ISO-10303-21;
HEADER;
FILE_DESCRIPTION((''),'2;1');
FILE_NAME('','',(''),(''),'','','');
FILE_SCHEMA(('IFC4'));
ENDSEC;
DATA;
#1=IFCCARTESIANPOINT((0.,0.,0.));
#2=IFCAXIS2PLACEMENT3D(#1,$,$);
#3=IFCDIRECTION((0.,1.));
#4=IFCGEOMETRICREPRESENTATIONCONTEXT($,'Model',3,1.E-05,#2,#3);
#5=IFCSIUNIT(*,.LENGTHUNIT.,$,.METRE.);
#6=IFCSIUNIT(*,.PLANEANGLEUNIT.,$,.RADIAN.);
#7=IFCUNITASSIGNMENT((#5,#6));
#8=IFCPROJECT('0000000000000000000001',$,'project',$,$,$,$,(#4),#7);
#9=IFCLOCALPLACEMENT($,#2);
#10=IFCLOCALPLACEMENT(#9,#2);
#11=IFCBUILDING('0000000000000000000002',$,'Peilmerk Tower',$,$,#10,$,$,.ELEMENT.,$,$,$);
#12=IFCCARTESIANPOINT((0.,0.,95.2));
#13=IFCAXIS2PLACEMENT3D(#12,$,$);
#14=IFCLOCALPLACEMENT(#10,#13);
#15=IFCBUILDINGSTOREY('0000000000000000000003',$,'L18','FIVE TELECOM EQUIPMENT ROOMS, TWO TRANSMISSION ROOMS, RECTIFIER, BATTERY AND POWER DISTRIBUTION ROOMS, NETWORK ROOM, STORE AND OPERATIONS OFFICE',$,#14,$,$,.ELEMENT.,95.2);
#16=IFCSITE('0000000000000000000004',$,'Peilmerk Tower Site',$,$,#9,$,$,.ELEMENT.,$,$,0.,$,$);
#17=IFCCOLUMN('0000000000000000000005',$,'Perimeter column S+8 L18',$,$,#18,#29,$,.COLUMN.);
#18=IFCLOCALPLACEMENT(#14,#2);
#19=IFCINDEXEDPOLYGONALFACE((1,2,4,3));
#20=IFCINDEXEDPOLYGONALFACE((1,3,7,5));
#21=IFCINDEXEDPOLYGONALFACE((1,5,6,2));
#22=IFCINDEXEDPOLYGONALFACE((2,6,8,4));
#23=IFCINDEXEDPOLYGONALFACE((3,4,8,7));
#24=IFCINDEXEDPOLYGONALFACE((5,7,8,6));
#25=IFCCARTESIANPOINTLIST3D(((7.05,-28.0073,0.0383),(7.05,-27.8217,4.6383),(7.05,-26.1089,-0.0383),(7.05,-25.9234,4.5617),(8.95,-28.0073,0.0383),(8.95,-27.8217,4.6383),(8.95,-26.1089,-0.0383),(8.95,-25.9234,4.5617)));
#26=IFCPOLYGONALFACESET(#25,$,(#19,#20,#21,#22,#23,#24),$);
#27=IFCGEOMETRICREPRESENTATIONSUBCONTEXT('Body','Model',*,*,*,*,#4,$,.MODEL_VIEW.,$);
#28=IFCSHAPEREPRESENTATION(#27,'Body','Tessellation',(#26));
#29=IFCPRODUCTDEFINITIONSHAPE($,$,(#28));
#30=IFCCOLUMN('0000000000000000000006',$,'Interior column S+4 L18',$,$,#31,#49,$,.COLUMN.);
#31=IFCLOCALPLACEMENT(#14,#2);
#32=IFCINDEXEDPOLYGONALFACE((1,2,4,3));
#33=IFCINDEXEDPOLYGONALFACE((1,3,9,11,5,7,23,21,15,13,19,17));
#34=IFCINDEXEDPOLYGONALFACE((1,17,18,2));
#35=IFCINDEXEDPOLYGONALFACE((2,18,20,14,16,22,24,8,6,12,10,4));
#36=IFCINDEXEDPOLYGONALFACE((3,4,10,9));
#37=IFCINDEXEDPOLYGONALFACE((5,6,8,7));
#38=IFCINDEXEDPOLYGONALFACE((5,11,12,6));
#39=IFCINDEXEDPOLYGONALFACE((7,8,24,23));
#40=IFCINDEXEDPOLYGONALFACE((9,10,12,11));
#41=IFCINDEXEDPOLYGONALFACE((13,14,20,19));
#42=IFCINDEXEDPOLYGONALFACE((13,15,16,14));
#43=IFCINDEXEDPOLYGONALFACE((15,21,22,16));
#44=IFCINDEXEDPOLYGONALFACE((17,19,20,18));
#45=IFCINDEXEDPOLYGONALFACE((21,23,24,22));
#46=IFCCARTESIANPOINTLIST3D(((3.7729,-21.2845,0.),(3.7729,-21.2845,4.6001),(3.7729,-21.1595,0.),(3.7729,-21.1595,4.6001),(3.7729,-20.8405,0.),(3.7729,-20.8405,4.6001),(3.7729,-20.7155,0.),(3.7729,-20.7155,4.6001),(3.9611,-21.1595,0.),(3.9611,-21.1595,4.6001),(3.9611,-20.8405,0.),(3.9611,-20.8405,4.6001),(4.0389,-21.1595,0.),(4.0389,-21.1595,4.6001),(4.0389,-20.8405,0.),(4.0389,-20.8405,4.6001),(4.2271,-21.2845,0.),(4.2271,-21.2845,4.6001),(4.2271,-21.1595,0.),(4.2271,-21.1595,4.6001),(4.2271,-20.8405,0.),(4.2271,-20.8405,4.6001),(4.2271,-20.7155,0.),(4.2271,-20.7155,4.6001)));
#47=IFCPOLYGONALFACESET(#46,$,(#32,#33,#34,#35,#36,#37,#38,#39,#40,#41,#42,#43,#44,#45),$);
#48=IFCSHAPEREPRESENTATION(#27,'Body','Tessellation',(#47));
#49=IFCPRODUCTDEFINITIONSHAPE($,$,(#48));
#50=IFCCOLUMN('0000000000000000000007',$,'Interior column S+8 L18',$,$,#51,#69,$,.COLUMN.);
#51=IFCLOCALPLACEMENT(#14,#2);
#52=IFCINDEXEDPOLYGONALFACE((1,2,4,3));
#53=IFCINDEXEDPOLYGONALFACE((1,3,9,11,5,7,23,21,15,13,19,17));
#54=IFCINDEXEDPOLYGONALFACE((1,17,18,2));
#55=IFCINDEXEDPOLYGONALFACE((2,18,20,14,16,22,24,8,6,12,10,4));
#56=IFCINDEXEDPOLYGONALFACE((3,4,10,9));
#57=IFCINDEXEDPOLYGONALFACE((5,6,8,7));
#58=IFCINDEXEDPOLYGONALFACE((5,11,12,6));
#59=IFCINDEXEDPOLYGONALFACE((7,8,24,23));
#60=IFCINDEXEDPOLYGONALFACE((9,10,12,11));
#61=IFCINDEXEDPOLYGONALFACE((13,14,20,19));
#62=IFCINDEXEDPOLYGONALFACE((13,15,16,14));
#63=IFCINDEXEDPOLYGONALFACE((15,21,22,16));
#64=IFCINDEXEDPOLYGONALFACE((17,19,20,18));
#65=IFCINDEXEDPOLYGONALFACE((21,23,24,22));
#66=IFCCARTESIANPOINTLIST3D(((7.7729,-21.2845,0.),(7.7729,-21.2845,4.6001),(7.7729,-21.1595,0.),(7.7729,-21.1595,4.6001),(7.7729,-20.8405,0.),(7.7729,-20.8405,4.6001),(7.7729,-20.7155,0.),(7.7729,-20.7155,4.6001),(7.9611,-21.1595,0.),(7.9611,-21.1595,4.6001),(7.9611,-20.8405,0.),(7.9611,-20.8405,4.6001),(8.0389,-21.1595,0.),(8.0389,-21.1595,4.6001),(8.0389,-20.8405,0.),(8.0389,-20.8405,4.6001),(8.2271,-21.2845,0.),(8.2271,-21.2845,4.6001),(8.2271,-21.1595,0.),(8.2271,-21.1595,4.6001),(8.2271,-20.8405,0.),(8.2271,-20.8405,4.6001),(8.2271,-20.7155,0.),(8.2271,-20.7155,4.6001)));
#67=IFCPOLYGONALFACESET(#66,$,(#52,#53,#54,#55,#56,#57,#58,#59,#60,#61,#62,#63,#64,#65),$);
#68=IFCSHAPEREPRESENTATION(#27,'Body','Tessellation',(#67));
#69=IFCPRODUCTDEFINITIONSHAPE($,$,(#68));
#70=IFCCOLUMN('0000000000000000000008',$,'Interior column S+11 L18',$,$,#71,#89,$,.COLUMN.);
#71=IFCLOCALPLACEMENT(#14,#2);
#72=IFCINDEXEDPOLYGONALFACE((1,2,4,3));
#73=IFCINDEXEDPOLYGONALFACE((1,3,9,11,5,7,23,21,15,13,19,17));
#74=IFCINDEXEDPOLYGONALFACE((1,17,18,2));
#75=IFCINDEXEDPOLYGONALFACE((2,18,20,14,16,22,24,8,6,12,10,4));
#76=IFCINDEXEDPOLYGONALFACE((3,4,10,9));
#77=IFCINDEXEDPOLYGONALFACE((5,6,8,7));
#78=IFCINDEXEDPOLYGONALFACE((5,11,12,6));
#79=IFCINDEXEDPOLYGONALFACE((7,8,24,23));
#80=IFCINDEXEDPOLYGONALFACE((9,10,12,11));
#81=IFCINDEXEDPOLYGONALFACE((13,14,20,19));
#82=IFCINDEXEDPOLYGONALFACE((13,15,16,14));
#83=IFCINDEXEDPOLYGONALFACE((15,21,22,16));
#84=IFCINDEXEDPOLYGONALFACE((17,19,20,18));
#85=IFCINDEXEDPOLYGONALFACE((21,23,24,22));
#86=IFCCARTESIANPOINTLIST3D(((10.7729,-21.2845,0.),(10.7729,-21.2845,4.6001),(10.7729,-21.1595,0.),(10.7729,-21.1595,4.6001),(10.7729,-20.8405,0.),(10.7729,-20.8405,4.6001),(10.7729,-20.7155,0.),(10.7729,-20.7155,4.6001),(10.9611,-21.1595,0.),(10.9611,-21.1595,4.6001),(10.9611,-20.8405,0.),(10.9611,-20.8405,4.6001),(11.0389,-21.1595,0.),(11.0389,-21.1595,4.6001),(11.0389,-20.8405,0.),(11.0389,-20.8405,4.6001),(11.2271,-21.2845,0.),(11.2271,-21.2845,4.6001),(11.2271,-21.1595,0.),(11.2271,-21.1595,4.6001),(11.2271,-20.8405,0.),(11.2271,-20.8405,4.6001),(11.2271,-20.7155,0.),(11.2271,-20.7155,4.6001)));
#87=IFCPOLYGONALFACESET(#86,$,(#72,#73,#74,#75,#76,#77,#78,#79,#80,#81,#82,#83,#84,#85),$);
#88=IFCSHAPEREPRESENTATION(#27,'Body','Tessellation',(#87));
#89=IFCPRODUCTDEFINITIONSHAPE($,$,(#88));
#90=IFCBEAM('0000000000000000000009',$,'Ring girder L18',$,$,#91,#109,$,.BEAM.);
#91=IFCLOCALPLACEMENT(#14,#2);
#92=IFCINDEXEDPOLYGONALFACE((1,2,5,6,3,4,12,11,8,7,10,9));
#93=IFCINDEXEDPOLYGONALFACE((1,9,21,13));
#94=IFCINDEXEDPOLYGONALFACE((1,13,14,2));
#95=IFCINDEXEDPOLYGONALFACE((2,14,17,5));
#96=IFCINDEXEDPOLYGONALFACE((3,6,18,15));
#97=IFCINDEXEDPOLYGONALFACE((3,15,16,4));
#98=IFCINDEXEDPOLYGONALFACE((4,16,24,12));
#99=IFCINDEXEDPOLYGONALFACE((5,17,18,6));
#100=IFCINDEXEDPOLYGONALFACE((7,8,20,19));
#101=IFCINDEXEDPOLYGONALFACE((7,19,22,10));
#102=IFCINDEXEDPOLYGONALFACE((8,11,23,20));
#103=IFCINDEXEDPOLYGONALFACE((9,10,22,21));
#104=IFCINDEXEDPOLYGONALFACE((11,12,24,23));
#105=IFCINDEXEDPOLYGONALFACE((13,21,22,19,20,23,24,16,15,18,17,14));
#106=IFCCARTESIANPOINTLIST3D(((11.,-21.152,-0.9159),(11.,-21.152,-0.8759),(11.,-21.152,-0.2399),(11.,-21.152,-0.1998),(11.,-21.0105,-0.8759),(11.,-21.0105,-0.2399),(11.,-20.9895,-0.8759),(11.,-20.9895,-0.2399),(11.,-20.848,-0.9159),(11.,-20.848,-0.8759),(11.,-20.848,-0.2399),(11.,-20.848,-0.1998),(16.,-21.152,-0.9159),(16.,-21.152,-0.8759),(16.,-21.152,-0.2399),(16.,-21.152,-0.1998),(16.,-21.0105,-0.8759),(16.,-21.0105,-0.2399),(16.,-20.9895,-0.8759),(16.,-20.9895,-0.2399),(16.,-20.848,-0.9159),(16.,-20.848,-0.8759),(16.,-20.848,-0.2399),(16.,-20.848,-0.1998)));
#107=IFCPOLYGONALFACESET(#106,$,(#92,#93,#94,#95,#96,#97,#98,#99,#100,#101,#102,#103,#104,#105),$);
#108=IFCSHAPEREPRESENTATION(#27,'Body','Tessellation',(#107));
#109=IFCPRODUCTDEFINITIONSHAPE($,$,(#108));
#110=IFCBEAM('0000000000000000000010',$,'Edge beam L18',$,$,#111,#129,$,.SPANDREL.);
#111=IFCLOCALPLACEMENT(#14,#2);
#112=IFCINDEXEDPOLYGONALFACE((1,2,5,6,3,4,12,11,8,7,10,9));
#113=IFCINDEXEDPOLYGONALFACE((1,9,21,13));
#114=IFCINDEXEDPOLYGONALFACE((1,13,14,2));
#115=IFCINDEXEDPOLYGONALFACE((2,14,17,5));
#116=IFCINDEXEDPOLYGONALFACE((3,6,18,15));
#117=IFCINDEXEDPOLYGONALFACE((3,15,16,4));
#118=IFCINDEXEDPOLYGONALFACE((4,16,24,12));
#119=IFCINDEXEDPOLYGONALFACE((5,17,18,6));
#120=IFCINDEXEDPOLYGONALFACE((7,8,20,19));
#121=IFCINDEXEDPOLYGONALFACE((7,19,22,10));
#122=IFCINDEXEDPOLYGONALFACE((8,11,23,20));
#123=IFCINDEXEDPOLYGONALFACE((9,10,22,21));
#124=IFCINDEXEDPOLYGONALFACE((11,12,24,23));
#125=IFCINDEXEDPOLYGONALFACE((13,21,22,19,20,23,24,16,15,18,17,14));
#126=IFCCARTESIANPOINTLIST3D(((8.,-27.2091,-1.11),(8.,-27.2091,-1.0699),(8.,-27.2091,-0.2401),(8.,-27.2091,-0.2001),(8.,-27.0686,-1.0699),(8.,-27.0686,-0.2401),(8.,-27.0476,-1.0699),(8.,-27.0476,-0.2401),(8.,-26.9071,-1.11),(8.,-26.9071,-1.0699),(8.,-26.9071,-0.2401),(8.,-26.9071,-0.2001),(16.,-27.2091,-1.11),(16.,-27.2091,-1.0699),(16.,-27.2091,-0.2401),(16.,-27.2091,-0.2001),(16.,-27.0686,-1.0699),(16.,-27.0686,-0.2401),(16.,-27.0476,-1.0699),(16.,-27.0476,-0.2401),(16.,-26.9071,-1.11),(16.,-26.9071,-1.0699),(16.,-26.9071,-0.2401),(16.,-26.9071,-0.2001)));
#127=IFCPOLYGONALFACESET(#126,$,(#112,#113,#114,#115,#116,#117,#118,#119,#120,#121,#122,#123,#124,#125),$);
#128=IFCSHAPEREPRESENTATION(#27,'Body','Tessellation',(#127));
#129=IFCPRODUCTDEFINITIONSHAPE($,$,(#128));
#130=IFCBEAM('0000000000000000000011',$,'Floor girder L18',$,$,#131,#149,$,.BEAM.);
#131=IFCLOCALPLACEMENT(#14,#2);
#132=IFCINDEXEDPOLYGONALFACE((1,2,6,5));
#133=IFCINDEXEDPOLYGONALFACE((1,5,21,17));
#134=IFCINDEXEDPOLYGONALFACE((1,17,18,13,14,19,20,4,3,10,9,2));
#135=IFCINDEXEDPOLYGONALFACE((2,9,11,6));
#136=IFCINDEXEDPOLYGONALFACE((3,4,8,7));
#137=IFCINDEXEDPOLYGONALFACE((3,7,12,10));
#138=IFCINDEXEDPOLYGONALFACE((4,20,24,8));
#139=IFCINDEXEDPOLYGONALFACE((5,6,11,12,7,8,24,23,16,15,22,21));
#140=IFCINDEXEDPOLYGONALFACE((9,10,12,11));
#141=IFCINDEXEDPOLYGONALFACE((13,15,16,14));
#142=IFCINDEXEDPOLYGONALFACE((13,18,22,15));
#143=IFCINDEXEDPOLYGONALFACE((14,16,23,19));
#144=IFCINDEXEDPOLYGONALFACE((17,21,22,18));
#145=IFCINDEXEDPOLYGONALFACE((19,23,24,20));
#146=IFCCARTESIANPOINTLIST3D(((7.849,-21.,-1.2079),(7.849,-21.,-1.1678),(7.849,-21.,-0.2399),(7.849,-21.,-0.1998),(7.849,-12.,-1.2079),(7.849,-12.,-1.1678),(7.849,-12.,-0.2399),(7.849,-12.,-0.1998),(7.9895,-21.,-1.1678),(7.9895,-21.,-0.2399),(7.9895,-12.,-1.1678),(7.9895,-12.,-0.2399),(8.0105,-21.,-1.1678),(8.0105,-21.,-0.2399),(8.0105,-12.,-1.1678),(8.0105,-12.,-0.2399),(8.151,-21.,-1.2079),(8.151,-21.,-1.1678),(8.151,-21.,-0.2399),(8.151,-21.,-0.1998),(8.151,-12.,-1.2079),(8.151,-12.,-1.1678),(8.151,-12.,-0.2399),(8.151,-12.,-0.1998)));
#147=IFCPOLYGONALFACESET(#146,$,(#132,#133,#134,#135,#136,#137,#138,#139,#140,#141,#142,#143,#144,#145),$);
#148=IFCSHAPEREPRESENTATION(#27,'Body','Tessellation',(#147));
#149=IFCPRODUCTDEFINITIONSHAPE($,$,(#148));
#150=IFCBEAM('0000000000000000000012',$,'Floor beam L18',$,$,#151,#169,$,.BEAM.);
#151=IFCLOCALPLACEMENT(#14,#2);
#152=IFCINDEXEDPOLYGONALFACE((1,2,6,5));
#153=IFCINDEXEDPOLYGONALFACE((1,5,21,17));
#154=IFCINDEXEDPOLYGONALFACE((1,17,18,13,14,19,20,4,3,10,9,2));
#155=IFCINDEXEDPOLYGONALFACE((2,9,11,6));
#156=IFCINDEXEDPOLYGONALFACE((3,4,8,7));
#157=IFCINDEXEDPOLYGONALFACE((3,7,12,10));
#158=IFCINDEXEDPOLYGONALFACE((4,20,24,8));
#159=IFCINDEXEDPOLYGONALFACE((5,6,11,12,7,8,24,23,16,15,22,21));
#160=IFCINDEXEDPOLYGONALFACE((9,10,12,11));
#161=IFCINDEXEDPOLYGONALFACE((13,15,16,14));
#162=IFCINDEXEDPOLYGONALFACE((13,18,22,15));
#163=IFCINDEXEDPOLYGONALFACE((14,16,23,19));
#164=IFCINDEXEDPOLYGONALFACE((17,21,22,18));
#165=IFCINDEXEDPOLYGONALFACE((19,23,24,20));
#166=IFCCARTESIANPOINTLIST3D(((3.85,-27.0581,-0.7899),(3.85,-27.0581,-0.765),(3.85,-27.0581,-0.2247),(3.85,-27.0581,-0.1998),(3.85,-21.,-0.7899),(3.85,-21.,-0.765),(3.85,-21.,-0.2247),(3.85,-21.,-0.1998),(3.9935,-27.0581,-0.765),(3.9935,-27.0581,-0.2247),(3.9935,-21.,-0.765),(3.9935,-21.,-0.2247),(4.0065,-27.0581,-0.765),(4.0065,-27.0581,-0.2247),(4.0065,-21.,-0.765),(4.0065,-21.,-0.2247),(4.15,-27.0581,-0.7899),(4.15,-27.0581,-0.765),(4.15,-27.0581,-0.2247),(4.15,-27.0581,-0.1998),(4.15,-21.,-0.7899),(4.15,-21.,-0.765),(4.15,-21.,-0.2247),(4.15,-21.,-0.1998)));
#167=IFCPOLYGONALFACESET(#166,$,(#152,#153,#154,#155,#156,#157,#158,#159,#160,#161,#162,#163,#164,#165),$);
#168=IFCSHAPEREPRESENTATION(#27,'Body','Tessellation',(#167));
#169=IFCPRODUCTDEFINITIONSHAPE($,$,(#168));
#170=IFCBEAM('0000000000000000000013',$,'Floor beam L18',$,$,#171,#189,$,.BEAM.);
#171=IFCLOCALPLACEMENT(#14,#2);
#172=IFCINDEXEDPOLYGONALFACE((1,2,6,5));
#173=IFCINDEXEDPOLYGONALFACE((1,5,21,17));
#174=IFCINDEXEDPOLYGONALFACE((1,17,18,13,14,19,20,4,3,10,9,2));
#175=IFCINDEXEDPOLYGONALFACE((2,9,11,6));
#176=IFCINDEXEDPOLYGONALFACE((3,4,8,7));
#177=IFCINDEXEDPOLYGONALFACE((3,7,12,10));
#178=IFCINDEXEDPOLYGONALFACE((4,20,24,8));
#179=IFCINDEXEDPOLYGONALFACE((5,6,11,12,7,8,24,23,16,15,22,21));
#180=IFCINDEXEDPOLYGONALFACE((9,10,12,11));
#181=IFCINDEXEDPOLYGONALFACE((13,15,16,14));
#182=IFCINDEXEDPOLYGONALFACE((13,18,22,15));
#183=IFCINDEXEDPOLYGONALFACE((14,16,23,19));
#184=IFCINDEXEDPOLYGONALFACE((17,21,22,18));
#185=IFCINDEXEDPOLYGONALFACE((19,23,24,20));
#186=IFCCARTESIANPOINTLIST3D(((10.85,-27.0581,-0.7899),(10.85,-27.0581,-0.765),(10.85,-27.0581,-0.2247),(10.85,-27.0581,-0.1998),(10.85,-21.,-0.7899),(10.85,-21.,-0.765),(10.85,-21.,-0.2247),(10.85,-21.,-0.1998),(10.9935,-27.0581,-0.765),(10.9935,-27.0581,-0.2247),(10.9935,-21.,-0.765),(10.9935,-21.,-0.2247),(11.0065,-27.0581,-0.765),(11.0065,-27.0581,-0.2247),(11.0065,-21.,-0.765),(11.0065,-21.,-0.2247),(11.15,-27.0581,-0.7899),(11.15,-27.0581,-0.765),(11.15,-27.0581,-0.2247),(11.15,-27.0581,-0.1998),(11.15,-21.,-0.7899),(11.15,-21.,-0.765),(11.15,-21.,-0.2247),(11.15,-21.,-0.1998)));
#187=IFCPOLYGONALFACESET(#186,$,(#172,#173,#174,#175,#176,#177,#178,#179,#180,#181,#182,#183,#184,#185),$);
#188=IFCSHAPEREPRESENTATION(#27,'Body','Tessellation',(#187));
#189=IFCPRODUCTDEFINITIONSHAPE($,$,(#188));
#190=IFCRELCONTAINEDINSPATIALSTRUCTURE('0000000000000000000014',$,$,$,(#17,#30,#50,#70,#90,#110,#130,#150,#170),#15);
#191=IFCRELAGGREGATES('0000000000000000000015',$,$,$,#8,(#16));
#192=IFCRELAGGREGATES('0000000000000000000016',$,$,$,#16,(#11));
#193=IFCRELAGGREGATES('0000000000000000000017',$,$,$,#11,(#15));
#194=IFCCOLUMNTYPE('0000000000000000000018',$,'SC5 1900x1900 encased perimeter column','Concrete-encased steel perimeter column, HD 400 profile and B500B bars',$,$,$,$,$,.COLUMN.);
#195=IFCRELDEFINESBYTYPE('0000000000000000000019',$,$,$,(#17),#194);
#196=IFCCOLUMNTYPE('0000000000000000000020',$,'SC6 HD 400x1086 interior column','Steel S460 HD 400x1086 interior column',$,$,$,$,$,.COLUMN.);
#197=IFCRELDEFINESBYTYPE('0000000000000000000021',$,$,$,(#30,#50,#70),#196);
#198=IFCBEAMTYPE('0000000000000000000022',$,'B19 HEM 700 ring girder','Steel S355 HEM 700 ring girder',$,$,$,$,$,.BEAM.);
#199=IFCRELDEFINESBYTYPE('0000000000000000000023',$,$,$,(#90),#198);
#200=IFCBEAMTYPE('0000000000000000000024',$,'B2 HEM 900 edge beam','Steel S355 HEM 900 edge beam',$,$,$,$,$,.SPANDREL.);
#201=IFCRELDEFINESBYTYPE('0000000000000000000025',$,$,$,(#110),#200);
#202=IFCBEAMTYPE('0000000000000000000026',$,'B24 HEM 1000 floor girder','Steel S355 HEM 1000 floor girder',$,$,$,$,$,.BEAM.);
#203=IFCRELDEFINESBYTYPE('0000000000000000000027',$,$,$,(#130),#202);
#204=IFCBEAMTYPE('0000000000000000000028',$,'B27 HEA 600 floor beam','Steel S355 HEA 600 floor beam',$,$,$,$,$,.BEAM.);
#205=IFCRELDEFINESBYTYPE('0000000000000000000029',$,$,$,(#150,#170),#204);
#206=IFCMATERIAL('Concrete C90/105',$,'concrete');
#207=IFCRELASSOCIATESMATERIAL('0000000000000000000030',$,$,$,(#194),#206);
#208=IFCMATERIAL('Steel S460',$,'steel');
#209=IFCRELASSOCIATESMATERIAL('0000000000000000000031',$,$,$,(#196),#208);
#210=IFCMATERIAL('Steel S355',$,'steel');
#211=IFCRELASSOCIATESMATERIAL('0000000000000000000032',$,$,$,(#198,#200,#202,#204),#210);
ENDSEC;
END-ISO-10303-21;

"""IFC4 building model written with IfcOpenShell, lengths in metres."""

from ifc_helpers import new_model, si_unit, direction, frame, origin, origin_2d, place, context, subcontext, project, spatial, rectangle, i_section, extrude, material, material_profile, profile_set, type_object, element, save


model = new_model("IFC4")

# Units and contexts
model_context = context("Model", 3, precision=1e-05, world=origin(), true_north=direction((0.0, 1.0)))
body_context = subcontext(model_context, "Body", "Model", "MODEL_VIEW")
ifc_project = project(units=[si_unit("LENGTHUNIT", "METRE"), si_unit("PLANEANGLEUNIT", "RADIAN")], contexts=[model_context])

# Site, building, storey
site_placement = place(None, origin())
site = spatial("IfcSite", under=ifc_project, at=site_placement, Name="Peilmerk Tower Site", CompositionType="ELEMENT", RefElevation=0.0)
building_placement = place(site_placement, origin())
building = spatial("IfcBuilding", under=site, at=building_placement, Name="Peilmerk Tower", CompositionType="ELEMENT")
storey_placement = place(building_placement, frame((0.0, 0.0, 95.2)))
storey = spatial("IfcBuildingStorey", under=building, at=storey_placement, Name="L18", Description="FIVE TELECOM EQUIPMENT ROOMS, TWO TRANSMISSION ROOMS, RECTIFIER, BATTERY AND POWER DISTRIBUTION ROOMS, NETWORK ROOM, STORE AND OPERATIONS OFFICE", CompositionType="ELEMENT", Elevation=95.2)

# Columns
ifc_material_1 = material(Name="Concrete C90/105", Category="concrete")
ifc_material_profile_1 = material_profile(ifc_material_1, rectangle(XDim=1.8999, YDim=1.8999, at=origin_2d()), Name="RC 1900x1900")
ifc_profile_set_1 = profile_set([ifc_material_profile_1], Name="Concrete C90/105")
column_type_1 = type_object("IfcColumnType", Name="SC5 1900x1900 encased perimeter column", Description="Concrete-encased steel perimeter column, HD 400 profile and B500B bars", PredefinedType="COLUMN", material=ifc_profile_set_1)
column_placement = place(storey_placement, frame((8.0, -27.0581, 0.0), z_axis=(0.0, 0.040303, 0.999188), x_axis=(-1.0, 0.0, 0.0)))
element("IfcColumn", 1, at=column_placement, inside=storey, type_object=column_type_1, Name="Perimeter column S+8 L18", PredefinedType="COLUMN", context=body_context, shape_type="SweptSolid", body=[
    extrude(rectangle(XDim=1.8999, YDim=1.8999, at=origin_2d()), origin(), (0.0, 0.0, 1.0), 4.6038),
])
ifc_material_2 = material(Name="Steel S460", Category="steel")
ifc_material_profile_2 = material_profile(ifc_material_2, i_section(OverallWidth=0.4541, OverallDepth=0.5691, WebThickness=0.0779, FlangeThickness=0.125, at=origin_2d()), Name="HD 400x1086")
ifc_profile_set_2 = profile_set([ifc_material_profile_2], Name="Steel S460")
column_type_2 = type_object("IfcColumnType", Name="SC6 HD 400x1086 interior column", Description="Steel S460 HD 400x1086 interior column", PredefinedType="COLUMN", material=ifc_profile_set_2)
for number, where, z_axis, x_axis, name in (
    (2, (4.0, -21.0, 0.0), (0.0, 0.0, 1.0), (1.0, 0.0, 0.0), "Interior column S+4 L18"),
    (3, (8.0, -21.0, 0.0), (0.0, 0.0, 1.0), (1.0, 0.0, 0.0), "Interior column S+8 L18"),
    (4, (11.0, -21.0, 0.0), (0.0, 0.0, 1.0), (1.0, 0.0, 0.0), "Interior column S+11 L18"),
):
    element("IfcColumn", number, at=place(storey_placement, frame(where, z_axis=z_axis, x_axis=x_axis)), inside=storey, type_object=column_type_2, Name=name, PredefinedType="COLUMN", context=body_context, shape_type="SweptSolid", body=[
        extrude(i_section(OverallWidth=0.4541, OverallDepth=0.5691, WebThickness=0.0779, FlangeThickness=0.125, at=origin_2d()), origin(), (0.0, 0.0, 1.0), 4.6001),
    ])

# Beams
ifc_material_3 = material(Name="Steel S355", Category="steel")
ifc_material_profile_3 = material_profile(ifc_material_3, i_section(OverallWidth=0.304, OverallDepth=0.7161, WebThickness=0.021, FlangeThickness=0.04, at=origin_2d()), Name="HEM 700")
ifc_profile_set_3 = profile_set([ifc_material_profile_3], Name="Steel S355")
beam_type_1 = type_object("IfcBeamType", Name="B19 HEM 700 ring girder", Description="Steel S355 HEM 700 ring girder", PredefinedType="BEAM", material=ifc_profile_set_3)
beam_1_placement = place(storey_placement, frame((11.0, -21.0, -0.5579), z_axis=(1.0, 0.0, 0.0), x_axis=(0.0, 1.0, 0.0)))
element("IfcBeam", 5, at=beam_1_placement, inside=storey, type_object=beam_type_1, Name="Ring girder L18", PredefinedType="BEAM", context=body_context, shape_type="SweptSolid", body=[
    extrude(i_section(OverallWidth=0.304, OverallDepth=0.7161, WebThickness=0.021, FlangeThickness=0.04, at=origin_2d()), origin(), (0.0, 0.0, 1.0), 5.0),
])
ifc_material_profile_4 = material_profile(ifc_material_3, i_section(OverallWidth=0.302, OverallDepth=0.9099, WebThickness=0.021, FlangeThickness=0.04, at=origin_2d()), Name="HEM 900")
ifc_profile_set_4 = profile_set([ifc_material_profile_4], Name="Steel S355")
beam_type_2 = type_object("IfcBeamType", Name="B2 HEM 900 edge beam", Description="Steel S355 HEM 900 edge beam", PredefinedType="SPANDREL", material=ifc_profile_set_4)
beam_2_placement = place(storey_placement, frame((8.0, -27.0581, -0.655), z_axis=(1.0, 0.0, 0.0), x_axis=(0.0, 1.0, 0.0)))
element("IfcBeam", 6, at=beam_2_placement, inside=storey, type_object=beam_type_2, Name="Edge beam L18", PredefinedType="SPANDREL", context=body_context, shape_type="SweptSolid", body=[
    extrude(i_section(OverallWidth=0.302, OverallDepth=0.9099, WebThickness=0.021, FlangeThickness=0.04, at=origin_2d()), origin(), (0.0, 0.0, 1.0), 8.0),
])
ifc_material_profile_5 = material_profile(ifc_material_3, i_section(OverallWidth=0.302, OverallDepth=1.0081, WebThickness=0.021, FlangeThickness=0.04, at=origin_2d()), Name="HEM 1000")
ifc_profile_set_5 = profile_set([ifc_material_profile_5], Name="Steel S355")
beam_type_3 = type_object("IfcBeamType", Name="B24 HEM 1000 floor girder", Description="Steel S355 HEM 1000 floor girder", PredefinedType="BEAM", material=ifc_profile_set_5)
beam_3_placement = place(storey_placement, frame((8.0, -12.0, -0.7039), z_axis=(0.0, -1.0, 0.0), x_axis=(1.0, 0.0, 0.0)))
element("IfcBeam", 7, at=beam_3_placement, inside=storey, type_object=beam_type_3, Name="Floor girder L18", PredefinedType="BEAM", context=body_context, shape_type="SweptSolid", body=[
    extrude(i_section(OverallWidth=0.302, OverallDepth=1.0081, WebThickness=0.021, FlangeThickness=0.04, at=origin_2d()), origin(), (0.0, 0.0, 1.0), 9.0),
])
ifc_material_profile_6 = material_profile(ifc_material_3, i_section(OverallWidth=0.3, OverallDepth=0.5901, WebThickness=0.0129, FlangeThickness=0.0249, at=origin_2d()), Name="HEA 600")
ifc_profile_set_6 = profile_set([ifc_material_profile_6], Name="Steel S355")
beam_type_4 = type_object("IfcBeamType", Name="B27 HEA 600 floor beam", Description="Steel S355 HEA 600 floor beam", PredefinedType="BEAM", material=ifc_profile_set_6)
for number, where, z_axis, x_axis, name in (
    (8, (4.0, -21.0, -0.4949), (0.0, -1.0, 0.0), (1.0, 0.0, 0.0), "Floor beam L18"),
    (9, (11.0, -21.0, -0.4949), (0.0, -1.0, 0.0), (1.0, 0.0, 0.0), "Floor beam L18"),
):
    element("IfcBeam", number, at=place(storey_placement, frame(where, z_axis=z_axis, x_axis=x_axis)), inside=storey, type_object=beam_type_4, Name=name, PredefinedType="BEAM", context=body_context, shape_type="SweptSolid", body=[
        extrude(i_section(OverallWidth=0.3, OverallDepth=0.5901, WebThickness=0.0129, FlangeThickness=0.0249, at=origin_2d()), origin(), (0.0, 0.0, 1.0), 6.0581),
    ])

save(model, "model.ifc")
